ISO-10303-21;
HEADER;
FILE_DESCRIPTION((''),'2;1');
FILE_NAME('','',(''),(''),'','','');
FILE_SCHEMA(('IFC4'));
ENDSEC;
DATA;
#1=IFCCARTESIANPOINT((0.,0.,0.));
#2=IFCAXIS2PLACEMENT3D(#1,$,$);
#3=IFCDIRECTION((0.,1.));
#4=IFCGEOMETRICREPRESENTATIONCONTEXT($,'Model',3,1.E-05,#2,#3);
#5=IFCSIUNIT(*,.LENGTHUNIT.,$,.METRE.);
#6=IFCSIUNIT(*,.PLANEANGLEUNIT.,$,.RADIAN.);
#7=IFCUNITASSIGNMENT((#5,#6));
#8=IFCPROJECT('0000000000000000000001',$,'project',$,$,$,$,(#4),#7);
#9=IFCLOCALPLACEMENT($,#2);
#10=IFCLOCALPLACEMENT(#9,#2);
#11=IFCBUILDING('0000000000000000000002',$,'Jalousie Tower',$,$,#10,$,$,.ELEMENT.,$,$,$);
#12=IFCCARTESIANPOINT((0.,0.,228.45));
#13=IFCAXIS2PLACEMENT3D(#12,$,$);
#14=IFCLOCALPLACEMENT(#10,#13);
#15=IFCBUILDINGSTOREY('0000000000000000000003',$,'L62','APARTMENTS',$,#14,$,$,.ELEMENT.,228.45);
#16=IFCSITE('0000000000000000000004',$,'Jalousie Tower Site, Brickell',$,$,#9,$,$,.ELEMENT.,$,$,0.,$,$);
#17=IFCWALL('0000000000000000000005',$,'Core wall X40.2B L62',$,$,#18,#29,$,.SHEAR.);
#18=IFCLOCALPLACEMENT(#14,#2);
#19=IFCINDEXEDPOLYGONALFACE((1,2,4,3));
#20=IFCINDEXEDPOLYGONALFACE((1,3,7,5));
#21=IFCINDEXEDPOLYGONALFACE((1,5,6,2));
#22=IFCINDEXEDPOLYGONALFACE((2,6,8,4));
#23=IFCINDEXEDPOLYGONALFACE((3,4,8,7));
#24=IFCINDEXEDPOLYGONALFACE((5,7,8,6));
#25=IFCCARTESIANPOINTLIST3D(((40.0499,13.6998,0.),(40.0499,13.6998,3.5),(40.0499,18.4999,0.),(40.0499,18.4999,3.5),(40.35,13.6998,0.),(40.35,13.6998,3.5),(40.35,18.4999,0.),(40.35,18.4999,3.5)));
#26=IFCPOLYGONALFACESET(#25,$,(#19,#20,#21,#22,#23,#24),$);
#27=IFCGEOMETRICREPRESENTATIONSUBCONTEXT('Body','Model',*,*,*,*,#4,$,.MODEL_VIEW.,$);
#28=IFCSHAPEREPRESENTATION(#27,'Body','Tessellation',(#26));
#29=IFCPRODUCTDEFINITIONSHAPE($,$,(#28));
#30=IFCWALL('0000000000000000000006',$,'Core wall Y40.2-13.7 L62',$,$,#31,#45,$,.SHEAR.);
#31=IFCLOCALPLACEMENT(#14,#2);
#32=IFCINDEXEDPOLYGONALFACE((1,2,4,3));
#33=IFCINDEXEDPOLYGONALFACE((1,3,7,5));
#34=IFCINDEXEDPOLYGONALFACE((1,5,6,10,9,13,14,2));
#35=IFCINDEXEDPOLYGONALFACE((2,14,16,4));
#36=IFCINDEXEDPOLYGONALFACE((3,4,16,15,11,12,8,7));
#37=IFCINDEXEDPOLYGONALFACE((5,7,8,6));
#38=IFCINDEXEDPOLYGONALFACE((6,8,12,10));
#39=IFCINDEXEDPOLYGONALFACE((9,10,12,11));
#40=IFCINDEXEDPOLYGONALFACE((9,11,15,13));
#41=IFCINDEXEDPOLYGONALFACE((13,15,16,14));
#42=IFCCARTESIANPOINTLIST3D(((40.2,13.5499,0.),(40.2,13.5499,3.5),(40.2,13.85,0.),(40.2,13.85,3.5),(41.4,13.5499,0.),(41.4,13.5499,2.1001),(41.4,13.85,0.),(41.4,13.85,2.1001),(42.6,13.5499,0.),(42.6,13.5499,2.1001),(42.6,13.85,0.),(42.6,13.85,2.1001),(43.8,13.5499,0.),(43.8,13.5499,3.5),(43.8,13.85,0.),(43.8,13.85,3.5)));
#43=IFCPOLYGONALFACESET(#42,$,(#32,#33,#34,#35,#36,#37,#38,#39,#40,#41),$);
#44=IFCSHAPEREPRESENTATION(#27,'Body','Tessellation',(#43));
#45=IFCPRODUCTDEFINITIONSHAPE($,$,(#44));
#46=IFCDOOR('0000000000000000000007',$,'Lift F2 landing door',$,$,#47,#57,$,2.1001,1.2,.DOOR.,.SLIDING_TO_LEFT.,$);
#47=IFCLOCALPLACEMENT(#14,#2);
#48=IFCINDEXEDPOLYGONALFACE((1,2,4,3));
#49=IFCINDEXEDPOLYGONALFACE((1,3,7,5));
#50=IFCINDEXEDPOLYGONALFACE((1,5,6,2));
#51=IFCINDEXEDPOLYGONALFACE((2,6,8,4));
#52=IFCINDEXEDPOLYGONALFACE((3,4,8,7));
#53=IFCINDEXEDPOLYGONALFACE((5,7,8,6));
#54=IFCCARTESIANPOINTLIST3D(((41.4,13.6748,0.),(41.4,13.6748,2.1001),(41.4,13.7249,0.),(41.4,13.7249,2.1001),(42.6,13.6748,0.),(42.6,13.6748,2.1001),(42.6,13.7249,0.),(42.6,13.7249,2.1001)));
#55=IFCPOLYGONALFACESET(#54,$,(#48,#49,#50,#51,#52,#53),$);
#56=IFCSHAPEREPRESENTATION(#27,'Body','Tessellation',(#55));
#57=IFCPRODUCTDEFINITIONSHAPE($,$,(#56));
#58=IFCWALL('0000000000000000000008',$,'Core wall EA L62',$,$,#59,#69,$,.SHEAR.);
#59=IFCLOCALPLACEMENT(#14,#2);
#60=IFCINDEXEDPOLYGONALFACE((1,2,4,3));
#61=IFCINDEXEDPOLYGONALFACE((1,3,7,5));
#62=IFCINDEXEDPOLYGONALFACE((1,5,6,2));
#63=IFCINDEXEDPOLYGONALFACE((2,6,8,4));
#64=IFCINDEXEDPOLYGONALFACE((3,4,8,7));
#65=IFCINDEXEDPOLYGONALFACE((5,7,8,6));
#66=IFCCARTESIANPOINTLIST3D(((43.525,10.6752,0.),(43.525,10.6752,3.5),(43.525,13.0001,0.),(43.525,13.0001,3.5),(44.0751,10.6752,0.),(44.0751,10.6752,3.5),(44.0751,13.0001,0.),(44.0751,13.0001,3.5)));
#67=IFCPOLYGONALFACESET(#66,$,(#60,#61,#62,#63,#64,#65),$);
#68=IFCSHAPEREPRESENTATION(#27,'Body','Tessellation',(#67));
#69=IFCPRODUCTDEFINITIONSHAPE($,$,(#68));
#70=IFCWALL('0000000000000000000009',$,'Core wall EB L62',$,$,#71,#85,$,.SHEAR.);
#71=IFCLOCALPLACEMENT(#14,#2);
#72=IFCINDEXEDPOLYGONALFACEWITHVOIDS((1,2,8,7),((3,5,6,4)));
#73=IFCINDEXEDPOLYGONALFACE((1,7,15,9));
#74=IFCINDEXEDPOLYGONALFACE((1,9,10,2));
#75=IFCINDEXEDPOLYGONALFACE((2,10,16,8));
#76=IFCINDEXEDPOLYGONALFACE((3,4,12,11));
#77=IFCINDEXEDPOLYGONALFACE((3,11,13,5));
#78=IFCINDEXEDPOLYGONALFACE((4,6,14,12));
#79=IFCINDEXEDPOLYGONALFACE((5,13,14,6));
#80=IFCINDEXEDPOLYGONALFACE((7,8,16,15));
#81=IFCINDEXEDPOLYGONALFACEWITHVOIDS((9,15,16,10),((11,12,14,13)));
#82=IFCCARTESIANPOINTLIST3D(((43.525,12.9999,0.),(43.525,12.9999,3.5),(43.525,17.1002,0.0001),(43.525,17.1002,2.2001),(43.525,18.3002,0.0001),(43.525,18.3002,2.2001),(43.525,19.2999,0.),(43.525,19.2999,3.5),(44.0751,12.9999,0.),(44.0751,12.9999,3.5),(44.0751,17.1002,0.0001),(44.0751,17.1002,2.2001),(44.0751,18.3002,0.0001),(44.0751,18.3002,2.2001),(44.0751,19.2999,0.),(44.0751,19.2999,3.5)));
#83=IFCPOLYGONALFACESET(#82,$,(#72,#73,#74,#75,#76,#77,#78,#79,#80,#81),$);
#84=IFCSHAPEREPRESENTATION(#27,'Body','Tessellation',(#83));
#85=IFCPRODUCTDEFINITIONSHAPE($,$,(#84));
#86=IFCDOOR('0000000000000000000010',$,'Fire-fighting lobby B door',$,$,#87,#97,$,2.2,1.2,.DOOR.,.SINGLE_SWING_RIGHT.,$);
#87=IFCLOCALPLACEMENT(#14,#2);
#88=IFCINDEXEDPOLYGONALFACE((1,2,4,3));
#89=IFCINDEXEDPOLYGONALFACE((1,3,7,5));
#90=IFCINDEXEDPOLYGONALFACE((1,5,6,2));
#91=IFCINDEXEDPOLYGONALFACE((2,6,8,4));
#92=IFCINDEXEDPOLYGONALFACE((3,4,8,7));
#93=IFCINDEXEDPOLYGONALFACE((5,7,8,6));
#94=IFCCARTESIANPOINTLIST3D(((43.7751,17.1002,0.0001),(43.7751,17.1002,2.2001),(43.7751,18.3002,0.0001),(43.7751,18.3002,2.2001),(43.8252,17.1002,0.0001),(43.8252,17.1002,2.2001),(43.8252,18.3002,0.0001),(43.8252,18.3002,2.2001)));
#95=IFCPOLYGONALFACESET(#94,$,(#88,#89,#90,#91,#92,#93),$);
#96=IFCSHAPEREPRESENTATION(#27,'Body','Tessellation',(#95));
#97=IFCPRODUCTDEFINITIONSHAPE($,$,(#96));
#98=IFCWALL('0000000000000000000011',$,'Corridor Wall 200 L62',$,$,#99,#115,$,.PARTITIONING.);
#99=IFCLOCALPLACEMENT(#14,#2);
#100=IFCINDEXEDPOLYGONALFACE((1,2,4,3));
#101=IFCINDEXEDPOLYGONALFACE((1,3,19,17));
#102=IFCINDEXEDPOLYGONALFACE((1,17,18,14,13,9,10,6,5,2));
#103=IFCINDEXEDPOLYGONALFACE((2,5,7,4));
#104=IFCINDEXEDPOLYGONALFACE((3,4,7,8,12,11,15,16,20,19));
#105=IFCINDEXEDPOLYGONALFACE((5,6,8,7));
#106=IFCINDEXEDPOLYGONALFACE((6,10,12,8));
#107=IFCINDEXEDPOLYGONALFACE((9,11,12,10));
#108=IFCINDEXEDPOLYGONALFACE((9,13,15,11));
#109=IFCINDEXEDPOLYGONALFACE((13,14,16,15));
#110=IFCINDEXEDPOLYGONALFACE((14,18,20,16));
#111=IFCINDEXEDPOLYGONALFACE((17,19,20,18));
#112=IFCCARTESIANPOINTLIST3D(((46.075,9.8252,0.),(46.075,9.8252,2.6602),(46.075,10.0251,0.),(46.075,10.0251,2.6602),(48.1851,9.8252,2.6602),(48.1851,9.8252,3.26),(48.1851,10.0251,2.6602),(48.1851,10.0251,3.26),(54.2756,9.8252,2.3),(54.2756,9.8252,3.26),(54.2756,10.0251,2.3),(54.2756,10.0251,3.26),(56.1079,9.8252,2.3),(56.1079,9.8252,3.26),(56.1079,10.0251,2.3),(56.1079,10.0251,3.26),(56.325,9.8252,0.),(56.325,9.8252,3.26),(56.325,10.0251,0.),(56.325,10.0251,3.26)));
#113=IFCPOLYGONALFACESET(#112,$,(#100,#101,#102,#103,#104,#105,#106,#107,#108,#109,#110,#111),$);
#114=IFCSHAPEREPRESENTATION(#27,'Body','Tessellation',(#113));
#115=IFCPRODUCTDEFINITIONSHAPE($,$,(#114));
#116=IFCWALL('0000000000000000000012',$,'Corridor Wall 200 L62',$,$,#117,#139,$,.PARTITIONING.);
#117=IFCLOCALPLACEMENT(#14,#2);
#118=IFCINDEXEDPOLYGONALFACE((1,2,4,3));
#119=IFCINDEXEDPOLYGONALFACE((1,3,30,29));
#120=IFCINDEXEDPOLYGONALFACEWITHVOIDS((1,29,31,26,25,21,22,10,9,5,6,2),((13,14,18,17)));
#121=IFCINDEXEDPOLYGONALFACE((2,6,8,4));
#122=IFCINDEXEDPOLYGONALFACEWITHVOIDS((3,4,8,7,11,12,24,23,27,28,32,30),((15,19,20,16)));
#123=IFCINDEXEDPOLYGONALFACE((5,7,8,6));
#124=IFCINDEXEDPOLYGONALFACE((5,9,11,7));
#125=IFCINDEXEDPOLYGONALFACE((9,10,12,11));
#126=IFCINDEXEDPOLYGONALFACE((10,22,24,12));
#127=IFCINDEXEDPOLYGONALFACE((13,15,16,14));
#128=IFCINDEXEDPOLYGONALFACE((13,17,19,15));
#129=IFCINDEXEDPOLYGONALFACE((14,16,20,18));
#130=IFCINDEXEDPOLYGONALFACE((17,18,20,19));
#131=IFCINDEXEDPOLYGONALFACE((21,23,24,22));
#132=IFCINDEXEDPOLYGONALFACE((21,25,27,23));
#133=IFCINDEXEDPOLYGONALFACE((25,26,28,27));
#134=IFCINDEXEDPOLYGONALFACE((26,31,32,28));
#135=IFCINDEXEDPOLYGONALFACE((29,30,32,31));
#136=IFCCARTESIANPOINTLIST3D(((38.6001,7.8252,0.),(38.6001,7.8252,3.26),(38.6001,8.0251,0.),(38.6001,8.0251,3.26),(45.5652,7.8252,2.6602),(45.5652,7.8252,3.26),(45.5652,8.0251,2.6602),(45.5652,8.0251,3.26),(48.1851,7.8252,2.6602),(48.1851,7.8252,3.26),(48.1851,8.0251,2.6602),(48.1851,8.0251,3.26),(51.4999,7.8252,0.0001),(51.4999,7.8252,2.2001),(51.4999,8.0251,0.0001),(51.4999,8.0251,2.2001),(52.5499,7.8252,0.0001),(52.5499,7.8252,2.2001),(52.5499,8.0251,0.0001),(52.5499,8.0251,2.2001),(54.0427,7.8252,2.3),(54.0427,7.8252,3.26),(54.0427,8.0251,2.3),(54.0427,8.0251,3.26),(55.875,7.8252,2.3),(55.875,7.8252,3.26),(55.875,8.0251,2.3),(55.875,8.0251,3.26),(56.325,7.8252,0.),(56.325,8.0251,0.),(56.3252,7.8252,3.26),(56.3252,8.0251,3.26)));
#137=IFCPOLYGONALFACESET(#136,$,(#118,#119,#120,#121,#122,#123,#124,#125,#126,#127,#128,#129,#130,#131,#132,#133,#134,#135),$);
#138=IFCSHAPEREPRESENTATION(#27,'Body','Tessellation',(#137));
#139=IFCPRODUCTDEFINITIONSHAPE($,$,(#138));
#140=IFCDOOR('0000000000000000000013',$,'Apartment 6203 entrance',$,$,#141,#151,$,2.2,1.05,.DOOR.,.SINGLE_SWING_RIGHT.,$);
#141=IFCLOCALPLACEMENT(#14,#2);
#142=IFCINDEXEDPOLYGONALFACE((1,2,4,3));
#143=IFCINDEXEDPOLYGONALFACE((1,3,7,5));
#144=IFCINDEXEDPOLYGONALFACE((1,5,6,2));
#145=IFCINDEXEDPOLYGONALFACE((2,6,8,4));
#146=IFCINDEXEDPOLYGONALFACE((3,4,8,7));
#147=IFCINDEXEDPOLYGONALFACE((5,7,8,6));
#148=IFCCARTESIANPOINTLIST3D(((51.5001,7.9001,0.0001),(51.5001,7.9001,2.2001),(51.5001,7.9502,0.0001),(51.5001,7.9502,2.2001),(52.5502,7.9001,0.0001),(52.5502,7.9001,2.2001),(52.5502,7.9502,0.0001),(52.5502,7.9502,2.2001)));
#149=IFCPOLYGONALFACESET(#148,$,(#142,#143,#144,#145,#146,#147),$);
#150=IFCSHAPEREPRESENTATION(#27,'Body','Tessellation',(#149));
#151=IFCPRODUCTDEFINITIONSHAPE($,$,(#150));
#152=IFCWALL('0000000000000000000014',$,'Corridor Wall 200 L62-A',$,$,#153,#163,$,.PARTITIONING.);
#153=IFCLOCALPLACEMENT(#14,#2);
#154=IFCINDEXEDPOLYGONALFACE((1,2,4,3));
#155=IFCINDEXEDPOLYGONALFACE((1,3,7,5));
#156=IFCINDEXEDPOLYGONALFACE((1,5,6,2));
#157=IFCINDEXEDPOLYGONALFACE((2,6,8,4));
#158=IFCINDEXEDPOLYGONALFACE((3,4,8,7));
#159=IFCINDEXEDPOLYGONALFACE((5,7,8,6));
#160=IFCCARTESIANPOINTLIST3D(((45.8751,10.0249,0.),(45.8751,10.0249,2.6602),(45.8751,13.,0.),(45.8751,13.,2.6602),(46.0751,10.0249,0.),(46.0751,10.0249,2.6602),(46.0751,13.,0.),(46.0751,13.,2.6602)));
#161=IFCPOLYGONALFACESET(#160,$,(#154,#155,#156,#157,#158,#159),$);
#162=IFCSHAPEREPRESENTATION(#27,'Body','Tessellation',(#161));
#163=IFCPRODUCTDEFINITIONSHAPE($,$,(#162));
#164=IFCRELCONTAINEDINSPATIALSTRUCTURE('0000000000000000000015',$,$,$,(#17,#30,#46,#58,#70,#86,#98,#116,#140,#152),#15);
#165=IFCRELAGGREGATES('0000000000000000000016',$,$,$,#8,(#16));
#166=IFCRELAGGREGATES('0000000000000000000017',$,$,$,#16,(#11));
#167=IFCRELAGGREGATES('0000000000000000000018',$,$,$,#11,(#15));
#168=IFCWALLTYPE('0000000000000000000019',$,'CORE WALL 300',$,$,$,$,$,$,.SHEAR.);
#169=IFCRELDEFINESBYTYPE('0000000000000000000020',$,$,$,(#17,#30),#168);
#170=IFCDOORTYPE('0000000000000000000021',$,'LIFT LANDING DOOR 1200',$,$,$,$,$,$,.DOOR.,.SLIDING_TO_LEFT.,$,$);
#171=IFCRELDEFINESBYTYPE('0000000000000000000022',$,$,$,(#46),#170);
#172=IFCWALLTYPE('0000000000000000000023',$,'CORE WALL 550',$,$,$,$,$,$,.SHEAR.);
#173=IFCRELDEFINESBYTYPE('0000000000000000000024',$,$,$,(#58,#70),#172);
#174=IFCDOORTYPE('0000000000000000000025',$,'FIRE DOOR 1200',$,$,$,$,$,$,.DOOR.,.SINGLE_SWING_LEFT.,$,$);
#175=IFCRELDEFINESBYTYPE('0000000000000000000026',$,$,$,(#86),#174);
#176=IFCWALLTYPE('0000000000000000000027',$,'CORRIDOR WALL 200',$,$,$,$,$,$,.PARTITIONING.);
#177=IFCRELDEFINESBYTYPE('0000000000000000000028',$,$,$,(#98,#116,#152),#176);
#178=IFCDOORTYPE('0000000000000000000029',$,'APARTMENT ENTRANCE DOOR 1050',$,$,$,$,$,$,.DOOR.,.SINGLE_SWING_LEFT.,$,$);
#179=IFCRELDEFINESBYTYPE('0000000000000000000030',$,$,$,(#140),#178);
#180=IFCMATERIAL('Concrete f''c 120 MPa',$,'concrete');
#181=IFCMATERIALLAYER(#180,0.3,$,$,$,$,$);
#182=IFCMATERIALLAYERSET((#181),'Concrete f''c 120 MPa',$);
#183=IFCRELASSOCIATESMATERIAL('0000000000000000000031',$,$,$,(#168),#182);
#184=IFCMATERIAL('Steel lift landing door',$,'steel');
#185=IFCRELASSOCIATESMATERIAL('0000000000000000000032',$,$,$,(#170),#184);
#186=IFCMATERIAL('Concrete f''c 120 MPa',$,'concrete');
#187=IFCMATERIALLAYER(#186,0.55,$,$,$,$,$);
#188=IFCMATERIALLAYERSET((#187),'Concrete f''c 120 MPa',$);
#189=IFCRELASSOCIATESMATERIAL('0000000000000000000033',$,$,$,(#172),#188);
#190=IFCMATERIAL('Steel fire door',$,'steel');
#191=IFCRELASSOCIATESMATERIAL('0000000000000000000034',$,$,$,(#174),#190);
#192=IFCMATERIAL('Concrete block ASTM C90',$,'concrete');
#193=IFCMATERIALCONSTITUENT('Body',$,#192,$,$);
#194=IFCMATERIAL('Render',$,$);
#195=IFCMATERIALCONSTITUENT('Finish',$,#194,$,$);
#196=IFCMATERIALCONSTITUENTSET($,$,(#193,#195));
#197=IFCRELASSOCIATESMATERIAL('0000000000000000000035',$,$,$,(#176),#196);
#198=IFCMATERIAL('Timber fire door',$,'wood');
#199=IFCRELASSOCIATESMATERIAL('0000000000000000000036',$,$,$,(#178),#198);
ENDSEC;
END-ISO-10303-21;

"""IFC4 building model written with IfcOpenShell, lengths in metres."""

from ifc_helpers import new_model, si_unit, direction, frame, frame_2d, origin, place, context, subcontext, project, spatial, polyline, rectangle, outline, extrude, material, layer, layer_set, constituent, constituent_set, type_object, element, fill, save


model = new_model("IFC4")

# Units and contexts
model_context = context("Model", 3, precision=1e-05, world=origin(), true_north=direction((0.0, 1.0)))
body_context = subcontext(model_context, "Body", "Model", "MODEL_VIEW")
ifc_project = project(units=[si_unit("LENGTHUNIT", "METRE"), si_unit("PLANEANGLEUNIT", "RADIAN")], contexts=[model_context])

# Site, building, storey
site_placement = place(None, origin())
site = spatial("IfcSite", under=ifc_project, at=site_placement, Name="Jalousie Tower Site, Brickell", CompositionType="ELEMENT", RefElevation=0.0)
building_placement = place(site_placement, origin())
building = spatial("IfcBuilding", under=site, at=building_placement, Name="Jalousie Tower", CompositionType="ELEMENT")
storey_placement = place(building_placement, frame((0.0, 0.0, 228.45)))
storey = spatial("IfcBuildingStorey", under=building, at=storey_placement, Name="L62", Description="APARTMENTS", CompositionType="ELEMENT", Elevation=228.45)

# Wall
ifc_material_1 = material(Name="Concrete f'c 120 MPa", Category="concrete")
ifc_layer_1 = layer(ifc_material_1, 0.3)
ifc_layer_set_1 = layer_set([ifc_layer_1], Name="Concrete f'c 120 MPa")
wall_type_1 = type_object("IfcWallType", Name="CORE WALL 300", PredefinedType="SHEAR", material=ifc_layer_set_1)
wall_1_placement = place(storey_placement, frame((40.2, 13.7, 0.0), z_axis=(0.0, 0.0, 1.0), x_axis=(0.0, 1.0, 0.0)))
element("IfcWall", 1, at=wall_1_placement, inside=storey, type_object=wall_type_1, Name="Core wall X40.2B L62", PredefinedType="SHEAR", context=body_context, shape_type="SweptSolid", body=[
    extrude(rectangle(XDim=4.8, YDim=0.3, at=frame_2d((2.3999, 0.0))), origin(), (0.0, 0.0, 1.0), 3.5),
])

# Wall, opening, door
wall_2_placement = place(storey_placement, frame((40.2, 13.7, 0.0), z_axis=(0.0, 0.0, 1.0), x_axis=(1.0, 0.0, 0.0)))
wall_2 = element("IfcWall", 2, at=wall_2_placement, inside=storey, type_object=wall_type_1, Name="Core wall Y40.2-13.7 L62", PredefinedType="SHEAR", context=body_context, shape_type="SweptSolid", body=[
    extrude(rectangle(XDim=3.6001, YDim=0.3, at=frame_2d((1.8, 0.0))), origin(), (0.0, 0.0, 1.0), 3.5),
])
opening_1_placement = place(wall_2_placement, frame((1.2, 0.0, 0.0)))
opening_1 = element("IfcOpeningElement", 3, at=opening_1_placement, cuts=wall_2, PredefinedType="OPENING", context=body_context, shape_type="SweptSolid", body=[
    extrude(rectangle(XDim=1.2, YDim=2.1001, at=frame_2d((0.6001, 1.05))), frame((0.0, 0.1599, 0.0), z_axis=(0.0, -1.0, 0.0), x_axis=(1.0, 0.0, 0.0)), (0.0, 0.0, 1.0), 0.3201),
])
ifc_material_2 = material(Name="Steel lift landing door", Category="steel")
door_type_1 = type_object("IfcDoorType", Name="LIFT LANDING DOOR 1200", OperationType="SLIDING_TO_LEFT", PredefinedType="DOOR", material=ifc_material_2)
door_1_placement = place(opening_1_placement, origin())
door_1 = element("IfcDoor", 4, at=door_1_placement, inside=storey, type_object=door_type_1, Name="Lift F2 landing door", OperationType="SLIDING_TO_LEFT", OverallHeight=2.1001, OverallWidth=1.2, PredefinedType="DOOR", context=body_context, shape_type="SweptSolid", body=[
    extrude(rectangle(XDim=1.2, YDim=2.1001, at=frame_2d((0.6001, 1.05))), frame((0.0, 0.0249, 0.0), z_axis=(0.0, -1.0, 0.0), x_axis=(1.0, 0.0, 0.0)), (0.0, 0.0, 1.0), 0.05),
])
fill(opening_1, door_1)

# Wall
ifc_material_3 = material(Name="Concrete f'c 120 MPa", Category="concrete")
ifc_layer_2 = layer(ifc_material_3, 0.55)
ifc_layer_set_2 = layer_set([ifc_layer_2], Name="Concrete f'c 120 MPa")
wall_type_2 = type_object("IfcWallType", Name="CORE WALL 550", PredefinedType="SHEAR", material=ifc_layer_set_2)
wall_3_placement = place(storey_placement, frame((43.8, 10.675, 0.0), z_axis=(0.0, 0.0, 1.0), x_axis=(0.0, 1.0, 0.0)))
element("IfcWall", 5, at=wall_3_placement, inside=storey, type_object=wall_type_2, Name="Core wall EA L62", PredefinedType="SHEAR", context=body_context, shape_type="SweptSolid", body=[
    extrude(rectangle(XDim=2.325, YDim=0.55, at=frame_2d((1.1626, 0.0))), origin(), (0.0, 0.0, 1.0), 3.5),
])

# Wall, opening, door
wall_4_placement = place(storey_placement, frame((43.8, 13.0, 0.0), z_axis=(0.0, 0.0, 1.0), x_axis=(0.0, 1.0, 0.0)))
wall_4 = element("IfcWall", 6, at=wall_4_placement, inside=storey, type_object=wall_type_2, Name="Core wall EB L62", PredefinedType="SHEAR", context=body_context, shape_type="SweptSolid", body=[
    extrude(rectangle(XDim=6.3, YDim=0.55, at=frame_2d((3.1499, 0.0))), origin(), (0.0, 0.0, 1.0), 3.5),
])
opening_2_placement = place(wall_4_placement, frame((4.1001, 0.0, 0.0)))
opening_2 = element("IfcOpeningElement", 7, at=opening_2_placement, cuts=wall_4, PredefinedType="OPENING", context=body_context, shape_type="SweptSolid", body=[
    extrude(rectangle(XDim=1.2, YDim=2.2, at=frame_2d((0.6001, 1.1001))), frame((0.0, 0.2849, 0.0), z_axis=(0.0, -1.0, 0.0), x_axis=(1.0, 0.0, 0.0)), (0.0, 0.0, 1.0), 0.5701),
])
ifc_material_4 = material(Name="Steel fire door", Category="steel")
door_type_2 = type_object("IfcDoorType", Name="FIRE DOOR 1200", OperationType="SINGLE_SWING_LEFT", PredefinedType="DOOR", material=ifc_material_4)
door_2_placement = place(opening_2_placement, origin())
door_2 = element("IfcDoor", 8, at=door_2_placement, inside=storey, type_object=door_type_2, Name="Fire-fighting lobby B door", OperationType="SINGLE_SWING_RIGHT", OverallHeight=2.2, OverallWidth=1.2, PredefinedType="DOOR", context=body_context, shape_type="SweptSolid", body=[
    extrude(rectangle(XDim=1.2, YDim=2.2, at=frame_2d((0.6001, 1.1001))), frame((0.0, 0.0249, 0.0), z_axis=(0.0, -1.0, 0.0), x_axis=(1.0, 0.0, 0.0)), (0.0, 0.0, 1.0), 0.05),
])
fill(opening_2, door_2)

# Wall
ifc_material_5 = material(Name="Concrete block ASTM C90", Category="concrete")
ifc_constituent_1 = constituent(ifc_material_5, Name="Body")
ifc_material_6 = material(Name="Render")
ifc_constituent_2 = constituent(ifc_material_6, Name="Finish")
ifc_constituent_set_1 = constituent_set(constituents=[ifc_constituent_1, ifc_constituent_2])
wall_type_3 = type_object("IfcWallType", Name="CORRIDOR WALL 200", PredefinedType="PARTITIONING", material=ifc_constituent_set_1)
wall_5_placement = place(storey_placement, frame((46.075, 9.925, 0.0), z_axis=(0.0, 0.0, 1.0), x_axis=(1.0, 0.0, 0.0)))
element("IfcWall", 9, at=wall_5_placement, inside=storey, type_object=wall_type_3, Name="Corridor Wall 200 L62", PredefinedType="PARTITIONING", context=body_context, shape_type="SweptSolid", body=[
    extrude(outline(polyline([(0.0, 0.0), (10.25, 0.0), (10.25, 3.26), (10.033, 3.26), (10.033, 2.3), (8.2007, 2.3), (8.2007, 3.26), (2.1101, 3.26), (2.1101, 2.6602), (0.0, 2.6602), (0.0, 3.26), (0.0, 0.0)])), frame((0.0, 0.1001, 0.0), z_axis=(0.0, -1.0, 0.0), x_axis=(1.0, 0.0, 0.0)), (0.0, 0.0, 1.0), 0.2),
])

# Wall, opening, door
wall_6_placement = place(storey_placement, frame((38.6001, 7.925, 0.0), z_axis=(0.0, 0.0, 1.0), x_axis=(1.0, 0.0, 0.0)))
wall_6 = element("IfcWall", 10, at=wall_6_placement, inside=storey, type_object=wall_type_3, Name="Corridor Wall 200 L62", PredefinedType="PARTITIONING", context=body_context, shape_type="SweptSolid", body=[
    extrude(outline(polyline([(0.0, 0.0), (17.7249, 0.0), (17.7251, 3.26), (17.2749, 3.26), (17.2749, 2.3), (15.4426, 2.3), (15.4426, 3.26), (9.585, 3.26), (9.585, 2.6602), (6.9651, 2.6602), (6.9651, 3.26), (0.0, 3.26), (0.0, 0.0)])), frame((0.0, 0.1001, 0.0), z_axis=(0.0, -1.0, 0.0), x_axis=(1.0, 0.0, 0.0)), (0.0, 0.0, 1.0), 0.2),
])
opening_3_placement = place(wall_6_placement, frame((12.8999, 0.0, 0.0)))
opening_3 = element("IfcOpeningElement", 11, at=opening_3_placement, cuts=wall_6, PredefinedType="OPENING", context=body_context, shape_type="SweptSolid", body=[
    extrude(rectangle(XDim=1.05, YDim=2.2, at=frame_2d((0.5249, 1.1001))), frame((0.0, 0.1099, 0.0), z_axis=(0.0, -1.0, 0.0), x_axis=(1.0, 0.0, 0.0)), (0.0, 0.0, 1.0), 0.22),
])
ifc_material_7 = material(Name="Timber fire door", Category="wood")
door_type_3 = type_object("IfcDoorType", Name="APARTMENT ENTRANCE DOOR 1050", OperationType="SINGLE_SWING_LEFT", PredefinedType="DOOR", material=ifc_material_7)
door_3_placement = place(opening_3_placement, frame((1.05, 0.0, 0.0), z_axis=(0.0, 0.0, 1.0), x_axis=(-1.0, 0.0, 0.0)))
door_3 = element("IfcDoor", 12, at=door_3_placement, inside=storey, type_object=door_type_3, Name="Apartment 6203 entrance", OperationType="SINGLE_SWING_RIGHT", OverallHeight=2.2, OverallWidth=1.05, PredefinedType="DOOR", context=body_context, shape_type="SweptSolid", body=[
    extrude(rectangle(XDim=1.05, YDim=2.2, at=frame_2d((0.5249, 1.1001))), frame((0.0, 0.0249, 0.0), z_axis=(0.0, -1.0, 0.0), x_axis=(1.0, 0.0, 0.0)), (0.0, 0.0, 1.0), 0.05),
])
fill(opening_3, door_3)

# Wall
wall_7_placement = place(storey_placement, frame((45.9751, 10.0249, 0.0), z_axis=(0.0, 0.0, 1.0), x_axis=(0.0, 1.0, 0.0)))
element("IfcWall", 13, at=wall_7_placement, inside=storey, type_object=wall_type_3, Name="Corridor Wall 200 L62-A", PredefinedType="PARTITIONING", context=body_context, shape_type="SweptSolid", body=[
    extrude(rectangle(XDim=2.9751, YDim=0.2, at=frame_2d((1.4875, 0.0))), origin(), (0.0, 0.0, 1.0), 2.6602),
])

save(model, "model.ifc")
